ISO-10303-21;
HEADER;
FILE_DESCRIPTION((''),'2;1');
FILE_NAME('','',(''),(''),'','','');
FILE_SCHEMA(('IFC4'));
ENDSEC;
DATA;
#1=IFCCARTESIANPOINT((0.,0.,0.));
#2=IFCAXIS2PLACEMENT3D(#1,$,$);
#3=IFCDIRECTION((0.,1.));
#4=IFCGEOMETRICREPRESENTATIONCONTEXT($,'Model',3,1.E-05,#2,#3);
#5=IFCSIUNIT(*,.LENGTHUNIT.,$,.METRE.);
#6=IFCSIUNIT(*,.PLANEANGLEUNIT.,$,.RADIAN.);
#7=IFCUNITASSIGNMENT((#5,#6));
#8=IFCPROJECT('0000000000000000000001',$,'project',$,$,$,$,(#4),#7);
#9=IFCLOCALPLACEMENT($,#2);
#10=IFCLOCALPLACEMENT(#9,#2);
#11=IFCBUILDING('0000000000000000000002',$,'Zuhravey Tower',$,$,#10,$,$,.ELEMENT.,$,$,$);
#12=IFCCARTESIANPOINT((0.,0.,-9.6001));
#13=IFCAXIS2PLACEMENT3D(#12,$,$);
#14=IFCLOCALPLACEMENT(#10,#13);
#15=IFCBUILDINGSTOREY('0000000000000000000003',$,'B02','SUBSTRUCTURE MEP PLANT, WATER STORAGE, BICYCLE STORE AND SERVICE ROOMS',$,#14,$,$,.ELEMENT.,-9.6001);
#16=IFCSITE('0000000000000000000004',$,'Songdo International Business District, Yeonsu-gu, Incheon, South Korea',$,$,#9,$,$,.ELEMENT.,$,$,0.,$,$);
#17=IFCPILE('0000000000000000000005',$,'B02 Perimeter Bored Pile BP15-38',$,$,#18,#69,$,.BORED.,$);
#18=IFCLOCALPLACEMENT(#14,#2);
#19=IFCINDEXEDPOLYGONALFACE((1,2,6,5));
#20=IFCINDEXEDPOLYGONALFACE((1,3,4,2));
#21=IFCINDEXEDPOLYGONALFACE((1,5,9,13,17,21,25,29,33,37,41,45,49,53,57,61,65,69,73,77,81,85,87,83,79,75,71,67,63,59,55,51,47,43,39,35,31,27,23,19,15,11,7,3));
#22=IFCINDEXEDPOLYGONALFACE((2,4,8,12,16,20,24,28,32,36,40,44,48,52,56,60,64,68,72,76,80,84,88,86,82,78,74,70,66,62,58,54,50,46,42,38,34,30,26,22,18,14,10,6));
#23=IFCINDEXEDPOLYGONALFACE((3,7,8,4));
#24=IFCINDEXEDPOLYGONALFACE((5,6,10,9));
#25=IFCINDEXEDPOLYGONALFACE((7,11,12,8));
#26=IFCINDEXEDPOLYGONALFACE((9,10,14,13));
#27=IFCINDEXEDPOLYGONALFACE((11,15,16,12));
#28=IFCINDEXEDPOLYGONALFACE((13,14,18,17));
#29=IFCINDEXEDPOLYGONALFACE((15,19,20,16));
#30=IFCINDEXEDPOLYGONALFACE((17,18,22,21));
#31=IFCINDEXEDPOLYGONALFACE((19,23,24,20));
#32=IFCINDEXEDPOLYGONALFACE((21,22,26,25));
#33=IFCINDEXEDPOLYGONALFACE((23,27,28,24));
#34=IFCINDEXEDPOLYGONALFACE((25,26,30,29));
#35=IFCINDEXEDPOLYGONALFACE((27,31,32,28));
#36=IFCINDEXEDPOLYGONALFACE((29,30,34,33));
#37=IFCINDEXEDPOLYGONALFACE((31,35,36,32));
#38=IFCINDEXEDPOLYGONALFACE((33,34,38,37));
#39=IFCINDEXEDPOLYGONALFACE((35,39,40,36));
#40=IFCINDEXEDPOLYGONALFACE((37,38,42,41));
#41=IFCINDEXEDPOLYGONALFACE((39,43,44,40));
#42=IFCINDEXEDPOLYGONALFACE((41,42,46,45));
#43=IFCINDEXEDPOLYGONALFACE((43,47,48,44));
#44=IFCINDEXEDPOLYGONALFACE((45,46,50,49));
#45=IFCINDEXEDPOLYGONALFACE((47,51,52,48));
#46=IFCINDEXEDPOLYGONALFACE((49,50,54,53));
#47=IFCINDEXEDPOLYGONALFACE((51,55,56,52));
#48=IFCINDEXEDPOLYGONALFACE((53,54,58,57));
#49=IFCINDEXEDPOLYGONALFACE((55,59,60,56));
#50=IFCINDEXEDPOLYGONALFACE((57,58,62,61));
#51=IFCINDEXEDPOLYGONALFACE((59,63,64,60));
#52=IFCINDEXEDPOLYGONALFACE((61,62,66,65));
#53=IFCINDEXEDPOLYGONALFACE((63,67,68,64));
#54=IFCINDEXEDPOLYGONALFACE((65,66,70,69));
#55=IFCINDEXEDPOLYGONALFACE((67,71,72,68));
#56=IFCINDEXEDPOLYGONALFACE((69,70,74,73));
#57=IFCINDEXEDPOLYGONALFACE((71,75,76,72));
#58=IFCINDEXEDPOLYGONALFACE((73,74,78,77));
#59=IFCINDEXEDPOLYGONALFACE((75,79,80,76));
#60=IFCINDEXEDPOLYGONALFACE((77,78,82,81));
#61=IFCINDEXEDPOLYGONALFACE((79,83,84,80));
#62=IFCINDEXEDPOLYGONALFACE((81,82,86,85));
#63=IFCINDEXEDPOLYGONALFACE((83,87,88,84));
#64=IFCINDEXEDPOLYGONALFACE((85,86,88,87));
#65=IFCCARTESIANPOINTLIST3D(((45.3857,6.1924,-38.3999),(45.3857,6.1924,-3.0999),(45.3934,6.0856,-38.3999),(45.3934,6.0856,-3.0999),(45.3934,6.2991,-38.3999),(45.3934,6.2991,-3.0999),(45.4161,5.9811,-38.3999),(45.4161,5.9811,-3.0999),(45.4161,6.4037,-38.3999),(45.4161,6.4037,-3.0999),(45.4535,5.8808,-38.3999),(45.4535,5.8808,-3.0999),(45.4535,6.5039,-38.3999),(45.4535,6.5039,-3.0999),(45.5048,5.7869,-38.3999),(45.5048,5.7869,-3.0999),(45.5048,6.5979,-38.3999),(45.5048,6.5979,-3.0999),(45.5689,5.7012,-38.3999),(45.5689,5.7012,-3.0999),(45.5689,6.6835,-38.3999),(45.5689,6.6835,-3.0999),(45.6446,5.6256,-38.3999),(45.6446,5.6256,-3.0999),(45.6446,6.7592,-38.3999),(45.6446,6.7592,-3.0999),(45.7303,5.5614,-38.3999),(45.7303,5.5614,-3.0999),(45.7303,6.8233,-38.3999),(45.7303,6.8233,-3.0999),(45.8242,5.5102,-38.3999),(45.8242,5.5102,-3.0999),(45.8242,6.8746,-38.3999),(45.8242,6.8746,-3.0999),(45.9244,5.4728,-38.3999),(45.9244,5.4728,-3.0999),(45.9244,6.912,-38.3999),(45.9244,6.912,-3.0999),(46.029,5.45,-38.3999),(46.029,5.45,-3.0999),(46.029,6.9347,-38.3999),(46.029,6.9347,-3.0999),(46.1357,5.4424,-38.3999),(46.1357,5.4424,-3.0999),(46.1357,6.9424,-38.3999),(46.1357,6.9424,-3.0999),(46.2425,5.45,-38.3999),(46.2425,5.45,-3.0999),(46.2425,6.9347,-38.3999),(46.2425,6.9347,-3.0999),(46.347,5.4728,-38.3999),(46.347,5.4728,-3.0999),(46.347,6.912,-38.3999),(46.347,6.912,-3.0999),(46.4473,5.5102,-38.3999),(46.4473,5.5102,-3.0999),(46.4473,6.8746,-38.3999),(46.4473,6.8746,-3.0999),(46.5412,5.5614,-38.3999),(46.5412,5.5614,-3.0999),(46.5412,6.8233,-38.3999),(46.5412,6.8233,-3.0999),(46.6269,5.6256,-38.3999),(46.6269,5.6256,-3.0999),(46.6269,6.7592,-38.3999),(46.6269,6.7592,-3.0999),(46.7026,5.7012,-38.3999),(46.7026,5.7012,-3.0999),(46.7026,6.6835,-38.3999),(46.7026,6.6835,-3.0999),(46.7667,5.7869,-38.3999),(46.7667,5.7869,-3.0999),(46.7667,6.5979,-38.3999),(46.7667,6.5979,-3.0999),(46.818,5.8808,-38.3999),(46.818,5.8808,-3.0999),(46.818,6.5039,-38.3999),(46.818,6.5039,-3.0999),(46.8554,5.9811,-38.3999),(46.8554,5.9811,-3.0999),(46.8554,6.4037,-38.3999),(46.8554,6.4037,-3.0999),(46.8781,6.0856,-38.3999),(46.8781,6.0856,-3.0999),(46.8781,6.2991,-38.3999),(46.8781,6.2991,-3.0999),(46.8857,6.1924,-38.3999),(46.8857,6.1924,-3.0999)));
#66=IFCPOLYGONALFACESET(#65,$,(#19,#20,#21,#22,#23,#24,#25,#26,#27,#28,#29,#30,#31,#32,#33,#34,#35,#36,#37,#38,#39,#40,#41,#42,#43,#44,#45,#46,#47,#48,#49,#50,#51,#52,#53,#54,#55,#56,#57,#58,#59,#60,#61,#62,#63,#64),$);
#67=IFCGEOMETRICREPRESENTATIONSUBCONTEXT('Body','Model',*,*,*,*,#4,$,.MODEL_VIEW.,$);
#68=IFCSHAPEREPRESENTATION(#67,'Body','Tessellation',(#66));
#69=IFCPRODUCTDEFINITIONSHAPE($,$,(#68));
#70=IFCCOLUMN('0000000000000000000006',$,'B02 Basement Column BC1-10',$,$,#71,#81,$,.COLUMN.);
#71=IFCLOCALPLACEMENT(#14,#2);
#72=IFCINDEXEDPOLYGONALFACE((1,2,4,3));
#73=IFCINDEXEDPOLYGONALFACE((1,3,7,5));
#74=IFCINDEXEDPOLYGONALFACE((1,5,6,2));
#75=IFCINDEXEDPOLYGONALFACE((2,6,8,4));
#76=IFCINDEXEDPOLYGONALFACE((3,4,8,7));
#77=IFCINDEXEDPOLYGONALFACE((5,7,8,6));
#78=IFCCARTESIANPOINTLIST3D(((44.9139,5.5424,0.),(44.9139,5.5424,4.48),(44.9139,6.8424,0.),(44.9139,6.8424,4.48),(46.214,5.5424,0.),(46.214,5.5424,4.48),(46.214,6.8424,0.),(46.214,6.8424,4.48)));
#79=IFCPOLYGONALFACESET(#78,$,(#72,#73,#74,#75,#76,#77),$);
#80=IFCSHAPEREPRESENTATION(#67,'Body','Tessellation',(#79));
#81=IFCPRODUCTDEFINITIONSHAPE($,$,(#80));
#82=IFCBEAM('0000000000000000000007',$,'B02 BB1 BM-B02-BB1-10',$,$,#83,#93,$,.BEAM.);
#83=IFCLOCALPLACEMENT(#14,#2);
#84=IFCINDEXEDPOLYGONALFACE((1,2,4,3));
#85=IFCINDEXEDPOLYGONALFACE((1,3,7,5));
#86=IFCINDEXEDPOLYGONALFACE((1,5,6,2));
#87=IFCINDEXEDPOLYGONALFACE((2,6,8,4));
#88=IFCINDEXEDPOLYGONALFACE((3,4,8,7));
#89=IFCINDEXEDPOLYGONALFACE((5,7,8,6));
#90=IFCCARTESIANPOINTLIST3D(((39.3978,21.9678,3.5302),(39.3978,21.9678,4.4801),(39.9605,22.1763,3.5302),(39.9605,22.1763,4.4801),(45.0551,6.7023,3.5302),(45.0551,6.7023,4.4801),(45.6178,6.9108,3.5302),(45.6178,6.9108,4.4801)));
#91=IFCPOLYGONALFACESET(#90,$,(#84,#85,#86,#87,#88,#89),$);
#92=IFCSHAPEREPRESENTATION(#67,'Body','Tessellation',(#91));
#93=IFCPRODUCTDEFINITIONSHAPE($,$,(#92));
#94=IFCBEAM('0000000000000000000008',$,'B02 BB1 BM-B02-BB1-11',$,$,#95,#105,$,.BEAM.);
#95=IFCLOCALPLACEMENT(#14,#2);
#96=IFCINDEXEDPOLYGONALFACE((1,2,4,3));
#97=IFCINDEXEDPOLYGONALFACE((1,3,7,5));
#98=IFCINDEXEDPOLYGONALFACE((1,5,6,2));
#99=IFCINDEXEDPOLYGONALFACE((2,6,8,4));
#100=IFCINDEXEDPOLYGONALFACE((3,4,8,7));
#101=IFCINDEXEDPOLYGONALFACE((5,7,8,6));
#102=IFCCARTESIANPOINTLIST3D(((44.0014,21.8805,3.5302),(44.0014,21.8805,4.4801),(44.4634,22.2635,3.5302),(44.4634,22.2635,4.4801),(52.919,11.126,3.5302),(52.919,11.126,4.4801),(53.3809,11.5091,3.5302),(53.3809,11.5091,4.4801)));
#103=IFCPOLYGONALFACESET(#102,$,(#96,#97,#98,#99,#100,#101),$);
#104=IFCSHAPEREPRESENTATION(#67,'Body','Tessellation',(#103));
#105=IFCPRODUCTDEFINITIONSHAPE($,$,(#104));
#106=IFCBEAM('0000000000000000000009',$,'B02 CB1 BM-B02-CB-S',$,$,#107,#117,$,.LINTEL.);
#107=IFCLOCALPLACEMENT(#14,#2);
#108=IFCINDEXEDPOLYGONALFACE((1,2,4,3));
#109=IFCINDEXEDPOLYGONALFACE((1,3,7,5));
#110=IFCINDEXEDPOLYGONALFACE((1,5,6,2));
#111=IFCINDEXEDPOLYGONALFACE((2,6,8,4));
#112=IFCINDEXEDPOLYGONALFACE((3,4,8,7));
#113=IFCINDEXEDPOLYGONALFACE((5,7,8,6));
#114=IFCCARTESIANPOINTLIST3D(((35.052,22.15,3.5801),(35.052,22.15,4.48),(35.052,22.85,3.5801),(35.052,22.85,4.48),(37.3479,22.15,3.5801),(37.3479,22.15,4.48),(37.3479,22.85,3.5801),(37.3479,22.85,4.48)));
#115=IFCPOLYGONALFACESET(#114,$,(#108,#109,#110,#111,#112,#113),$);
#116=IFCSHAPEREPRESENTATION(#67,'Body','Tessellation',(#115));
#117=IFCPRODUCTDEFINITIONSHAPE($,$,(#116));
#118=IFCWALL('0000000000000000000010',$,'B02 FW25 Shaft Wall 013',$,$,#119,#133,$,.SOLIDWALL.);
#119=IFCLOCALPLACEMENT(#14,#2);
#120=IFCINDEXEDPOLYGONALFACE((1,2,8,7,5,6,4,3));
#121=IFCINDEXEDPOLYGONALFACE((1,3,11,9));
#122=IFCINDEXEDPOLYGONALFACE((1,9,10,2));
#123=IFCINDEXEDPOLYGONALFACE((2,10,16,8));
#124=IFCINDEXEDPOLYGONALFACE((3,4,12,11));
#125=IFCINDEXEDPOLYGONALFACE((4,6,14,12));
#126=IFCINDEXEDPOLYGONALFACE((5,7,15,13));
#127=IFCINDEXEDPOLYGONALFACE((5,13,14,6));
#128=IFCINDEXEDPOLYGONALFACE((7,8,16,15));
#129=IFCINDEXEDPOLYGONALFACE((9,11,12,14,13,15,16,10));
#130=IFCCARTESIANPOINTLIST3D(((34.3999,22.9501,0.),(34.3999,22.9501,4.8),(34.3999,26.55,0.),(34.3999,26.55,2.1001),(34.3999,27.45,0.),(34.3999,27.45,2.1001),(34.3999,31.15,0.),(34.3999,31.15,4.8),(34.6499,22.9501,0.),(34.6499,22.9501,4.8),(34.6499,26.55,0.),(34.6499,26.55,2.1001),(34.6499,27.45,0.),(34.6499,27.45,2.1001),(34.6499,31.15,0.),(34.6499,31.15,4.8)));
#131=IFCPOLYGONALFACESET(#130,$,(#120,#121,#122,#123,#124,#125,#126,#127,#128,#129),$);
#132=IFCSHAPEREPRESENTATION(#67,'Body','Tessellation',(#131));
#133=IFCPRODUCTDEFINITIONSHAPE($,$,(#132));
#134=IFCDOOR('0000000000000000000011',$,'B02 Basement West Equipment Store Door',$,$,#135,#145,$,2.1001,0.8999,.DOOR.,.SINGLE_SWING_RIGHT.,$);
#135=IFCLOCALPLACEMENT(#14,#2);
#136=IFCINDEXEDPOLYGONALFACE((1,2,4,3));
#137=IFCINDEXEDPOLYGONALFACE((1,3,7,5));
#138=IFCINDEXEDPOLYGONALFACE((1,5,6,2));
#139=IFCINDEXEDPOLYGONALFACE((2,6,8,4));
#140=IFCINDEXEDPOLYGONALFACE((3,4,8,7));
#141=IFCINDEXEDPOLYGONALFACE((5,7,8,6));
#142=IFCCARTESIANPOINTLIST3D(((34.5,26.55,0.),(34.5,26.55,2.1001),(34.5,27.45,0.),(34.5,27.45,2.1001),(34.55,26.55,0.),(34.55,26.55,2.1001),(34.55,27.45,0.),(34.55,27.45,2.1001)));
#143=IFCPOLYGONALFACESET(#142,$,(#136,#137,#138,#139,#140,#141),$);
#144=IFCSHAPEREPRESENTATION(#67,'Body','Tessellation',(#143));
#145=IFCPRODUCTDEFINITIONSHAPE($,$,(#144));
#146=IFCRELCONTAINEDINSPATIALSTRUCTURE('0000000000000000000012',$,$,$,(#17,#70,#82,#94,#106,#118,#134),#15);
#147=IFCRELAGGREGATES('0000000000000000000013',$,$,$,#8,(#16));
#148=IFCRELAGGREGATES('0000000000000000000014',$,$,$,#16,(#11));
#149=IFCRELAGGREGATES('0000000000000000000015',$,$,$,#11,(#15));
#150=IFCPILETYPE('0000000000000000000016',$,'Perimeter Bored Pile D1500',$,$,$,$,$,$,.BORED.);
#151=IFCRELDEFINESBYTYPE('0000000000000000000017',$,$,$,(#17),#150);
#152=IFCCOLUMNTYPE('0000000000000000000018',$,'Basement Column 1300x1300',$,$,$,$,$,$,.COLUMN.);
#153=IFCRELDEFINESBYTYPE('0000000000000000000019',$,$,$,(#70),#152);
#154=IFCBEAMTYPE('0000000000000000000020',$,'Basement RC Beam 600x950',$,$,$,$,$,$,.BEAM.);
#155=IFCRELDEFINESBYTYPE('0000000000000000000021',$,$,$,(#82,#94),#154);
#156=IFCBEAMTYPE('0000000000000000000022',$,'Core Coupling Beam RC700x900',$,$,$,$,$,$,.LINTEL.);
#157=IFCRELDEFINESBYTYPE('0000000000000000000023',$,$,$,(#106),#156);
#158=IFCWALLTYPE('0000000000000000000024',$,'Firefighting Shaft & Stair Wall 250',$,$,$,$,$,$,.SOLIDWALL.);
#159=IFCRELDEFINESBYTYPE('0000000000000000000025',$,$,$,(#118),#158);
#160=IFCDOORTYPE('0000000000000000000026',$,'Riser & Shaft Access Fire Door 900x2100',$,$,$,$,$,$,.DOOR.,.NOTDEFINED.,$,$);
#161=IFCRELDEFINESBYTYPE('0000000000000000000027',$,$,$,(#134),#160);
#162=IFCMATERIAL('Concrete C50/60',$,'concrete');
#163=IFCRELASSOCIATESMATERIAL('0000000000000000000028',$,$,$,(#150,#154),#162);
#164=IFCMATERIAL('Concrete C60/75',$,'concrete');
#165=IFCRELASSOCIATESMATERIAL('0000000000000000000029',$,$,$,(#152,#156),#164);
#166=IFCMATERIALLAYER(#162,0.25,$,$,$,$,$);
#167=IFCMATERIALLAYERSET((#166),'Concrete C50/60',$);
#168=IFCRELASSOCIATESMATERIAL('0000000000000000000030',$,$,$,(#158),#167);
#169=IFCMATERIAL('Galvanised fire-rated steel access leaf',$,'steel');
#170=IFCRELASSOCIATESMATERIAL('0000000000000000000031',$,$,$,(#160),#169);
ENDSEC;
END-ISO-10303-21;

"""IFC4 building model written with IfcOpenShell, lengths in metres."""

from ifc_helpers import new_model, si_unit, direction, frame, frame_2d, origin, origin_2d, place, context, subcontext, project, spatial, rectangle, circle, extrude, material, layer, layer_set, material_profile, profile_set, type_object, element, fill, save


model = new_model("IFC4")

# Units and contexts
model_context = context("Model", 3, precision=1e-05, world=origin(), true_north=direction((0.0, 1.0)))
body_context = subcontext(model_context, "Body", "Model", "MODEL_VIEW")
ifc_project = project(units=[si_unit("LENGTHUNIT", "METRE"), si_unit("PLANEANGLEUNIT", "RADIAN")], contexts=[model_context])

# Site, building, storey
site_placement = place(None, origin())
site = spatial("IfcSite", under=ifc_project, at=site_placement, Name="Songdo International Business District, Yeonsu-gu, Incheon, South Korea", CompositionType="ELEMENT", RefElevation=0.0)
building_placement = place(site_placement, origin())
building = spatial("IfcBuilding", under=site, at=building_placement, Name="Zuhravey Tower", CompositionType="ELEMENT")
storey_placement = place(building_placement, frame((0.0, 0.0, -9.6001)))
storey = spatial("IfcBuildingStorey", under=building, at=storey_placement, Name="B02", Description="SUBSTRUCTURE MEP PLANT, WATER STORAGE, BICYCLE STORE AND SERVICE ROOMS", CompositionType="ELEMENT", Elevation=-9.6001)

# Pile
ifc_material_1 = material(Name="Concrete C50/60", Category="concrete")
ifc_material_profile_1 = material_profile(ifc_material_1, circle(Radius=0.75, at=origin_2d()), Name="PILE-D1500")
ifc_profile_set_1 = profile_set([ifc_material_profile_1], Name="Concrete C50/60")
pile_type = type_object("IfcPileType", Name="Perimeter Bored Pile D1500", PredefinedType="BORED", material=ifc_profile_set_1)
for number, where, z_axis, x_axis, name in (
    (1, (46.1357, 6.1924, -3.0999), (0.0, 0.0, -1.0), (1.0, 0.0, 0.0), "B02 Perimeter Bored Pile BP15-38"),
):
    element("IfcPile", number, at=place(storey_placement, frame(where, z_axis=z_axis, x_axis=x_axis)), inside=storey, type_object=pile_type, Name=name, PredefinedType="BORED", context=body_context, shape_type="SweptSolid", body=[
        extrude(circle(Radius=0.75, at=origin_2d()), origin(), (0.0, 0.0, 1.0), 35.3),
    ])

# Column
ifc_material_2 = material(Name="Concrete C60/75", Category="concrete")
ifc_material_profile_2 = material_profile(ifc_material_2, rectangle(XDim=1.3, YDim=1.3, at=origin_2d()), Name="RC-1300x1300")
ifc_profile_set_2 = profile_set([ifc_material_profile_2], Name="Concrete C60/75")
column_type = type_object("IfcColumnType", Name="Basement Column 1300x1300", PredefinedType="COLUMN", material=ifc_profile_set_2)
column_placement = place(storey_placement, frame((45.564, 6.1924, 0.0), z_axis=(0.0, 0.0, 1.0), x_axis=(1.0, 0.0, 0.0)))
element("IfcColumn", 2, at=column_placement, inside=storey, type_object=column_type, Name="B02 Basement Column BC1-10", PredefinedType="COLUMN", context=body_context, shape_type="SweptSolid", body=[
    extrude(rectangle(XDim=1.3, YDim=1.3, at=origin_2d()), origin(), (0.0, 0.0, 1.0), 4.48),
])

# Beams
ifc_material_profile_3 = material_profile(ifc_material_1, rectangle(XDim=0.6001, YDim=0.95, at=origin_2d()), Name="RC-600x950")
ifc_profile_set_3 = profile_set([ifc_material_profile_3], Name="Concrete C50/60")
beam_type_1 = type_object("IfcBeamType", Name="Basement RC Beam 600x950", PredefinedType="BEAM", material=ifc_profile_set_3)
beam_1_placement = place(storey_placement, frame((39.6792, 22.072, 4.0051), z_axis=(0.347497, -0.937681, 0.0), x_axis=(0.937681, 0.347497, 0.0)))
element("IfcBeam", 3, at=beam_1_placement, inside=storey, type_object=beam_type_1, Name="B02 BB1 BM-B02-BB1-10", PredefinedType="BEAM", context=body_context, shape_type="SweptSolid", body=[
    extrude(rectangle(XDim=0.6001, YDim=0.95, at=origin_2d()), origin(), (0.0, 0.0, 1.0), 16.28),
])
beam_2_placement = place(storey_placement, frame((44.2324, 22.072, 4.0051), z_axis=(0.638302, -0.769786, 0.0), x_axis=(0.769786, 0.638302, 0.0)))
element("IfcBeam", 4, at=beam_2_placement, inside=storey, type_object=beam_type_1, Name="B02 BB1 BM-B02-BB1-11", PredefinedType="BEAM", context=body_context, shape_type="SweptSolid", body=[
    extrude(rectangle(XDim=0.6001, YDim=0.95, at=origin_2d()), origin(), (0.0, 0.0, 1.0), 13.9707),
])
ifc_material_profile_4 = material_profile(ifc_material_2, rectangle(XDim=0.7, YDim=0.8999, at=origin_2d()), Name="RC-700x900")
ifc_profile_set_4 = profile_set([ifc_material_profile_4], Name="Concrete C60/75")
beam_type_2 = type_object("IfcBeamType", Name="Core Coupling Beam RC700x900", PredefinedType="LINTEL", material=ifc_profile_set_4)
beam_3_placement = place(storey_placement, frame((35.052, 22.5, 4.03), z_axis=(1.0, 0.0, 0.0), x_axis=(0.0, 1.0, 0.0)))
element("IfcBeam", 5, at=beam_3_placement, inside=storey, type_object=beam_type_2, Name="B02 CB1 BM-B02-CB-S", PredefinedType="LINTEL", context=body_context, shape_type="SweptSolid", body=[
    extrude(rectangle(XDim=0.7, YDim=0.8999, at=origin_2d()), origin(), (0.0, 0.0, 1.0), 2.2959),
])

# Wall, opening, door
ifc_layer_1 = layer(ifc_material_1, 0.25)
ifc_layer_set_1 = layer_set([ifc_layer_1], Name="Concrete C50/60")
wall_type_1 = type_object("IfcWallType", Name="Firefighting Shaft & Stair Wall 250", PredefinedType="SOLIDWALL", material=ifc_layer_set_1)
wall_1_placement = place(storey_placement, frame((34.5249, 22.95, 0.0), z_axis=(0.0, 0.0, 1.0), x_axis=(0.0, 1.0, 0.0)))
wall_1 = element("IfcWall", 6, at=wall_1_placement, inside=storey, type_object=wall_type_1, Name="B02 FW25 Shaft Wall 013", PredefinedType="SOLIDWALL", context=body_context, shape_type="SweptSolid", body=[
    extrude(rectangle(XDim=8.2, YDim=0.25, at=frame_2d((4.1001, 0.0))), origin(), (0.0, 0.0, 1.0), 4.8),
])
opening_1_placement = place(wall_1_placement, frame((3.6001, 0.0, 0.0)))
opening_1 = element("IfcOpeningElement", 7, at=opening_1_placement, cuts=wall_1, PredefinedType="OPENING", context=body_context, shape_type="SweptSolid", body=[
    extrude(rectangle(XDim=0.8999, YDim=2.1001, at=frame_2d((0.45, 1.05))), frame((0.0, 0.137, 0.0), z_axis=(0.0, -1.0, 0.0), x_axis=(1.0, 0.0, 0.0)), (0.0, 0.0, 1.0), 0.2739),
])
ifc_material_3 = material(Name="Galvanised fire-rated steel access leaf", Category="steel")
door_type_1 = type_object("IfcDoorType", Name="Riser & Shaft Access Fire Door 900x2100", OperationType="NOTDEFINED", PredefinedType="DOOR", material=ifc_material_3)
door_1_placement = place(opening_1_placement, origin())
door_1 = element("IfcDoor", 8, at=door_1_placement, inside=storey, type_object=door_type_1, Name="B02 Basement West Equipment Store Door", OperationType="SINGLE_SWING_RIGHT", OverallHeight=2.1001, OverallWidth=0.8999, PredefinedType="DOOR", context=body_context, shape_type="SweptSolid", body=[
    extrude(rectangle(XDim=0.8999, YDim=2.1001, at=frame_2d((0.45, 1.05))), frame((0.0, 0.0249, 0.0), z_axis=(0.0, -1.0, 0.0), x_axis=(1.0, 0.0, 0.0)), (0.0, 0.0, 1.0), 0.05),
])
fill(opening_1, door_1)

save(model, "model.ifc")
